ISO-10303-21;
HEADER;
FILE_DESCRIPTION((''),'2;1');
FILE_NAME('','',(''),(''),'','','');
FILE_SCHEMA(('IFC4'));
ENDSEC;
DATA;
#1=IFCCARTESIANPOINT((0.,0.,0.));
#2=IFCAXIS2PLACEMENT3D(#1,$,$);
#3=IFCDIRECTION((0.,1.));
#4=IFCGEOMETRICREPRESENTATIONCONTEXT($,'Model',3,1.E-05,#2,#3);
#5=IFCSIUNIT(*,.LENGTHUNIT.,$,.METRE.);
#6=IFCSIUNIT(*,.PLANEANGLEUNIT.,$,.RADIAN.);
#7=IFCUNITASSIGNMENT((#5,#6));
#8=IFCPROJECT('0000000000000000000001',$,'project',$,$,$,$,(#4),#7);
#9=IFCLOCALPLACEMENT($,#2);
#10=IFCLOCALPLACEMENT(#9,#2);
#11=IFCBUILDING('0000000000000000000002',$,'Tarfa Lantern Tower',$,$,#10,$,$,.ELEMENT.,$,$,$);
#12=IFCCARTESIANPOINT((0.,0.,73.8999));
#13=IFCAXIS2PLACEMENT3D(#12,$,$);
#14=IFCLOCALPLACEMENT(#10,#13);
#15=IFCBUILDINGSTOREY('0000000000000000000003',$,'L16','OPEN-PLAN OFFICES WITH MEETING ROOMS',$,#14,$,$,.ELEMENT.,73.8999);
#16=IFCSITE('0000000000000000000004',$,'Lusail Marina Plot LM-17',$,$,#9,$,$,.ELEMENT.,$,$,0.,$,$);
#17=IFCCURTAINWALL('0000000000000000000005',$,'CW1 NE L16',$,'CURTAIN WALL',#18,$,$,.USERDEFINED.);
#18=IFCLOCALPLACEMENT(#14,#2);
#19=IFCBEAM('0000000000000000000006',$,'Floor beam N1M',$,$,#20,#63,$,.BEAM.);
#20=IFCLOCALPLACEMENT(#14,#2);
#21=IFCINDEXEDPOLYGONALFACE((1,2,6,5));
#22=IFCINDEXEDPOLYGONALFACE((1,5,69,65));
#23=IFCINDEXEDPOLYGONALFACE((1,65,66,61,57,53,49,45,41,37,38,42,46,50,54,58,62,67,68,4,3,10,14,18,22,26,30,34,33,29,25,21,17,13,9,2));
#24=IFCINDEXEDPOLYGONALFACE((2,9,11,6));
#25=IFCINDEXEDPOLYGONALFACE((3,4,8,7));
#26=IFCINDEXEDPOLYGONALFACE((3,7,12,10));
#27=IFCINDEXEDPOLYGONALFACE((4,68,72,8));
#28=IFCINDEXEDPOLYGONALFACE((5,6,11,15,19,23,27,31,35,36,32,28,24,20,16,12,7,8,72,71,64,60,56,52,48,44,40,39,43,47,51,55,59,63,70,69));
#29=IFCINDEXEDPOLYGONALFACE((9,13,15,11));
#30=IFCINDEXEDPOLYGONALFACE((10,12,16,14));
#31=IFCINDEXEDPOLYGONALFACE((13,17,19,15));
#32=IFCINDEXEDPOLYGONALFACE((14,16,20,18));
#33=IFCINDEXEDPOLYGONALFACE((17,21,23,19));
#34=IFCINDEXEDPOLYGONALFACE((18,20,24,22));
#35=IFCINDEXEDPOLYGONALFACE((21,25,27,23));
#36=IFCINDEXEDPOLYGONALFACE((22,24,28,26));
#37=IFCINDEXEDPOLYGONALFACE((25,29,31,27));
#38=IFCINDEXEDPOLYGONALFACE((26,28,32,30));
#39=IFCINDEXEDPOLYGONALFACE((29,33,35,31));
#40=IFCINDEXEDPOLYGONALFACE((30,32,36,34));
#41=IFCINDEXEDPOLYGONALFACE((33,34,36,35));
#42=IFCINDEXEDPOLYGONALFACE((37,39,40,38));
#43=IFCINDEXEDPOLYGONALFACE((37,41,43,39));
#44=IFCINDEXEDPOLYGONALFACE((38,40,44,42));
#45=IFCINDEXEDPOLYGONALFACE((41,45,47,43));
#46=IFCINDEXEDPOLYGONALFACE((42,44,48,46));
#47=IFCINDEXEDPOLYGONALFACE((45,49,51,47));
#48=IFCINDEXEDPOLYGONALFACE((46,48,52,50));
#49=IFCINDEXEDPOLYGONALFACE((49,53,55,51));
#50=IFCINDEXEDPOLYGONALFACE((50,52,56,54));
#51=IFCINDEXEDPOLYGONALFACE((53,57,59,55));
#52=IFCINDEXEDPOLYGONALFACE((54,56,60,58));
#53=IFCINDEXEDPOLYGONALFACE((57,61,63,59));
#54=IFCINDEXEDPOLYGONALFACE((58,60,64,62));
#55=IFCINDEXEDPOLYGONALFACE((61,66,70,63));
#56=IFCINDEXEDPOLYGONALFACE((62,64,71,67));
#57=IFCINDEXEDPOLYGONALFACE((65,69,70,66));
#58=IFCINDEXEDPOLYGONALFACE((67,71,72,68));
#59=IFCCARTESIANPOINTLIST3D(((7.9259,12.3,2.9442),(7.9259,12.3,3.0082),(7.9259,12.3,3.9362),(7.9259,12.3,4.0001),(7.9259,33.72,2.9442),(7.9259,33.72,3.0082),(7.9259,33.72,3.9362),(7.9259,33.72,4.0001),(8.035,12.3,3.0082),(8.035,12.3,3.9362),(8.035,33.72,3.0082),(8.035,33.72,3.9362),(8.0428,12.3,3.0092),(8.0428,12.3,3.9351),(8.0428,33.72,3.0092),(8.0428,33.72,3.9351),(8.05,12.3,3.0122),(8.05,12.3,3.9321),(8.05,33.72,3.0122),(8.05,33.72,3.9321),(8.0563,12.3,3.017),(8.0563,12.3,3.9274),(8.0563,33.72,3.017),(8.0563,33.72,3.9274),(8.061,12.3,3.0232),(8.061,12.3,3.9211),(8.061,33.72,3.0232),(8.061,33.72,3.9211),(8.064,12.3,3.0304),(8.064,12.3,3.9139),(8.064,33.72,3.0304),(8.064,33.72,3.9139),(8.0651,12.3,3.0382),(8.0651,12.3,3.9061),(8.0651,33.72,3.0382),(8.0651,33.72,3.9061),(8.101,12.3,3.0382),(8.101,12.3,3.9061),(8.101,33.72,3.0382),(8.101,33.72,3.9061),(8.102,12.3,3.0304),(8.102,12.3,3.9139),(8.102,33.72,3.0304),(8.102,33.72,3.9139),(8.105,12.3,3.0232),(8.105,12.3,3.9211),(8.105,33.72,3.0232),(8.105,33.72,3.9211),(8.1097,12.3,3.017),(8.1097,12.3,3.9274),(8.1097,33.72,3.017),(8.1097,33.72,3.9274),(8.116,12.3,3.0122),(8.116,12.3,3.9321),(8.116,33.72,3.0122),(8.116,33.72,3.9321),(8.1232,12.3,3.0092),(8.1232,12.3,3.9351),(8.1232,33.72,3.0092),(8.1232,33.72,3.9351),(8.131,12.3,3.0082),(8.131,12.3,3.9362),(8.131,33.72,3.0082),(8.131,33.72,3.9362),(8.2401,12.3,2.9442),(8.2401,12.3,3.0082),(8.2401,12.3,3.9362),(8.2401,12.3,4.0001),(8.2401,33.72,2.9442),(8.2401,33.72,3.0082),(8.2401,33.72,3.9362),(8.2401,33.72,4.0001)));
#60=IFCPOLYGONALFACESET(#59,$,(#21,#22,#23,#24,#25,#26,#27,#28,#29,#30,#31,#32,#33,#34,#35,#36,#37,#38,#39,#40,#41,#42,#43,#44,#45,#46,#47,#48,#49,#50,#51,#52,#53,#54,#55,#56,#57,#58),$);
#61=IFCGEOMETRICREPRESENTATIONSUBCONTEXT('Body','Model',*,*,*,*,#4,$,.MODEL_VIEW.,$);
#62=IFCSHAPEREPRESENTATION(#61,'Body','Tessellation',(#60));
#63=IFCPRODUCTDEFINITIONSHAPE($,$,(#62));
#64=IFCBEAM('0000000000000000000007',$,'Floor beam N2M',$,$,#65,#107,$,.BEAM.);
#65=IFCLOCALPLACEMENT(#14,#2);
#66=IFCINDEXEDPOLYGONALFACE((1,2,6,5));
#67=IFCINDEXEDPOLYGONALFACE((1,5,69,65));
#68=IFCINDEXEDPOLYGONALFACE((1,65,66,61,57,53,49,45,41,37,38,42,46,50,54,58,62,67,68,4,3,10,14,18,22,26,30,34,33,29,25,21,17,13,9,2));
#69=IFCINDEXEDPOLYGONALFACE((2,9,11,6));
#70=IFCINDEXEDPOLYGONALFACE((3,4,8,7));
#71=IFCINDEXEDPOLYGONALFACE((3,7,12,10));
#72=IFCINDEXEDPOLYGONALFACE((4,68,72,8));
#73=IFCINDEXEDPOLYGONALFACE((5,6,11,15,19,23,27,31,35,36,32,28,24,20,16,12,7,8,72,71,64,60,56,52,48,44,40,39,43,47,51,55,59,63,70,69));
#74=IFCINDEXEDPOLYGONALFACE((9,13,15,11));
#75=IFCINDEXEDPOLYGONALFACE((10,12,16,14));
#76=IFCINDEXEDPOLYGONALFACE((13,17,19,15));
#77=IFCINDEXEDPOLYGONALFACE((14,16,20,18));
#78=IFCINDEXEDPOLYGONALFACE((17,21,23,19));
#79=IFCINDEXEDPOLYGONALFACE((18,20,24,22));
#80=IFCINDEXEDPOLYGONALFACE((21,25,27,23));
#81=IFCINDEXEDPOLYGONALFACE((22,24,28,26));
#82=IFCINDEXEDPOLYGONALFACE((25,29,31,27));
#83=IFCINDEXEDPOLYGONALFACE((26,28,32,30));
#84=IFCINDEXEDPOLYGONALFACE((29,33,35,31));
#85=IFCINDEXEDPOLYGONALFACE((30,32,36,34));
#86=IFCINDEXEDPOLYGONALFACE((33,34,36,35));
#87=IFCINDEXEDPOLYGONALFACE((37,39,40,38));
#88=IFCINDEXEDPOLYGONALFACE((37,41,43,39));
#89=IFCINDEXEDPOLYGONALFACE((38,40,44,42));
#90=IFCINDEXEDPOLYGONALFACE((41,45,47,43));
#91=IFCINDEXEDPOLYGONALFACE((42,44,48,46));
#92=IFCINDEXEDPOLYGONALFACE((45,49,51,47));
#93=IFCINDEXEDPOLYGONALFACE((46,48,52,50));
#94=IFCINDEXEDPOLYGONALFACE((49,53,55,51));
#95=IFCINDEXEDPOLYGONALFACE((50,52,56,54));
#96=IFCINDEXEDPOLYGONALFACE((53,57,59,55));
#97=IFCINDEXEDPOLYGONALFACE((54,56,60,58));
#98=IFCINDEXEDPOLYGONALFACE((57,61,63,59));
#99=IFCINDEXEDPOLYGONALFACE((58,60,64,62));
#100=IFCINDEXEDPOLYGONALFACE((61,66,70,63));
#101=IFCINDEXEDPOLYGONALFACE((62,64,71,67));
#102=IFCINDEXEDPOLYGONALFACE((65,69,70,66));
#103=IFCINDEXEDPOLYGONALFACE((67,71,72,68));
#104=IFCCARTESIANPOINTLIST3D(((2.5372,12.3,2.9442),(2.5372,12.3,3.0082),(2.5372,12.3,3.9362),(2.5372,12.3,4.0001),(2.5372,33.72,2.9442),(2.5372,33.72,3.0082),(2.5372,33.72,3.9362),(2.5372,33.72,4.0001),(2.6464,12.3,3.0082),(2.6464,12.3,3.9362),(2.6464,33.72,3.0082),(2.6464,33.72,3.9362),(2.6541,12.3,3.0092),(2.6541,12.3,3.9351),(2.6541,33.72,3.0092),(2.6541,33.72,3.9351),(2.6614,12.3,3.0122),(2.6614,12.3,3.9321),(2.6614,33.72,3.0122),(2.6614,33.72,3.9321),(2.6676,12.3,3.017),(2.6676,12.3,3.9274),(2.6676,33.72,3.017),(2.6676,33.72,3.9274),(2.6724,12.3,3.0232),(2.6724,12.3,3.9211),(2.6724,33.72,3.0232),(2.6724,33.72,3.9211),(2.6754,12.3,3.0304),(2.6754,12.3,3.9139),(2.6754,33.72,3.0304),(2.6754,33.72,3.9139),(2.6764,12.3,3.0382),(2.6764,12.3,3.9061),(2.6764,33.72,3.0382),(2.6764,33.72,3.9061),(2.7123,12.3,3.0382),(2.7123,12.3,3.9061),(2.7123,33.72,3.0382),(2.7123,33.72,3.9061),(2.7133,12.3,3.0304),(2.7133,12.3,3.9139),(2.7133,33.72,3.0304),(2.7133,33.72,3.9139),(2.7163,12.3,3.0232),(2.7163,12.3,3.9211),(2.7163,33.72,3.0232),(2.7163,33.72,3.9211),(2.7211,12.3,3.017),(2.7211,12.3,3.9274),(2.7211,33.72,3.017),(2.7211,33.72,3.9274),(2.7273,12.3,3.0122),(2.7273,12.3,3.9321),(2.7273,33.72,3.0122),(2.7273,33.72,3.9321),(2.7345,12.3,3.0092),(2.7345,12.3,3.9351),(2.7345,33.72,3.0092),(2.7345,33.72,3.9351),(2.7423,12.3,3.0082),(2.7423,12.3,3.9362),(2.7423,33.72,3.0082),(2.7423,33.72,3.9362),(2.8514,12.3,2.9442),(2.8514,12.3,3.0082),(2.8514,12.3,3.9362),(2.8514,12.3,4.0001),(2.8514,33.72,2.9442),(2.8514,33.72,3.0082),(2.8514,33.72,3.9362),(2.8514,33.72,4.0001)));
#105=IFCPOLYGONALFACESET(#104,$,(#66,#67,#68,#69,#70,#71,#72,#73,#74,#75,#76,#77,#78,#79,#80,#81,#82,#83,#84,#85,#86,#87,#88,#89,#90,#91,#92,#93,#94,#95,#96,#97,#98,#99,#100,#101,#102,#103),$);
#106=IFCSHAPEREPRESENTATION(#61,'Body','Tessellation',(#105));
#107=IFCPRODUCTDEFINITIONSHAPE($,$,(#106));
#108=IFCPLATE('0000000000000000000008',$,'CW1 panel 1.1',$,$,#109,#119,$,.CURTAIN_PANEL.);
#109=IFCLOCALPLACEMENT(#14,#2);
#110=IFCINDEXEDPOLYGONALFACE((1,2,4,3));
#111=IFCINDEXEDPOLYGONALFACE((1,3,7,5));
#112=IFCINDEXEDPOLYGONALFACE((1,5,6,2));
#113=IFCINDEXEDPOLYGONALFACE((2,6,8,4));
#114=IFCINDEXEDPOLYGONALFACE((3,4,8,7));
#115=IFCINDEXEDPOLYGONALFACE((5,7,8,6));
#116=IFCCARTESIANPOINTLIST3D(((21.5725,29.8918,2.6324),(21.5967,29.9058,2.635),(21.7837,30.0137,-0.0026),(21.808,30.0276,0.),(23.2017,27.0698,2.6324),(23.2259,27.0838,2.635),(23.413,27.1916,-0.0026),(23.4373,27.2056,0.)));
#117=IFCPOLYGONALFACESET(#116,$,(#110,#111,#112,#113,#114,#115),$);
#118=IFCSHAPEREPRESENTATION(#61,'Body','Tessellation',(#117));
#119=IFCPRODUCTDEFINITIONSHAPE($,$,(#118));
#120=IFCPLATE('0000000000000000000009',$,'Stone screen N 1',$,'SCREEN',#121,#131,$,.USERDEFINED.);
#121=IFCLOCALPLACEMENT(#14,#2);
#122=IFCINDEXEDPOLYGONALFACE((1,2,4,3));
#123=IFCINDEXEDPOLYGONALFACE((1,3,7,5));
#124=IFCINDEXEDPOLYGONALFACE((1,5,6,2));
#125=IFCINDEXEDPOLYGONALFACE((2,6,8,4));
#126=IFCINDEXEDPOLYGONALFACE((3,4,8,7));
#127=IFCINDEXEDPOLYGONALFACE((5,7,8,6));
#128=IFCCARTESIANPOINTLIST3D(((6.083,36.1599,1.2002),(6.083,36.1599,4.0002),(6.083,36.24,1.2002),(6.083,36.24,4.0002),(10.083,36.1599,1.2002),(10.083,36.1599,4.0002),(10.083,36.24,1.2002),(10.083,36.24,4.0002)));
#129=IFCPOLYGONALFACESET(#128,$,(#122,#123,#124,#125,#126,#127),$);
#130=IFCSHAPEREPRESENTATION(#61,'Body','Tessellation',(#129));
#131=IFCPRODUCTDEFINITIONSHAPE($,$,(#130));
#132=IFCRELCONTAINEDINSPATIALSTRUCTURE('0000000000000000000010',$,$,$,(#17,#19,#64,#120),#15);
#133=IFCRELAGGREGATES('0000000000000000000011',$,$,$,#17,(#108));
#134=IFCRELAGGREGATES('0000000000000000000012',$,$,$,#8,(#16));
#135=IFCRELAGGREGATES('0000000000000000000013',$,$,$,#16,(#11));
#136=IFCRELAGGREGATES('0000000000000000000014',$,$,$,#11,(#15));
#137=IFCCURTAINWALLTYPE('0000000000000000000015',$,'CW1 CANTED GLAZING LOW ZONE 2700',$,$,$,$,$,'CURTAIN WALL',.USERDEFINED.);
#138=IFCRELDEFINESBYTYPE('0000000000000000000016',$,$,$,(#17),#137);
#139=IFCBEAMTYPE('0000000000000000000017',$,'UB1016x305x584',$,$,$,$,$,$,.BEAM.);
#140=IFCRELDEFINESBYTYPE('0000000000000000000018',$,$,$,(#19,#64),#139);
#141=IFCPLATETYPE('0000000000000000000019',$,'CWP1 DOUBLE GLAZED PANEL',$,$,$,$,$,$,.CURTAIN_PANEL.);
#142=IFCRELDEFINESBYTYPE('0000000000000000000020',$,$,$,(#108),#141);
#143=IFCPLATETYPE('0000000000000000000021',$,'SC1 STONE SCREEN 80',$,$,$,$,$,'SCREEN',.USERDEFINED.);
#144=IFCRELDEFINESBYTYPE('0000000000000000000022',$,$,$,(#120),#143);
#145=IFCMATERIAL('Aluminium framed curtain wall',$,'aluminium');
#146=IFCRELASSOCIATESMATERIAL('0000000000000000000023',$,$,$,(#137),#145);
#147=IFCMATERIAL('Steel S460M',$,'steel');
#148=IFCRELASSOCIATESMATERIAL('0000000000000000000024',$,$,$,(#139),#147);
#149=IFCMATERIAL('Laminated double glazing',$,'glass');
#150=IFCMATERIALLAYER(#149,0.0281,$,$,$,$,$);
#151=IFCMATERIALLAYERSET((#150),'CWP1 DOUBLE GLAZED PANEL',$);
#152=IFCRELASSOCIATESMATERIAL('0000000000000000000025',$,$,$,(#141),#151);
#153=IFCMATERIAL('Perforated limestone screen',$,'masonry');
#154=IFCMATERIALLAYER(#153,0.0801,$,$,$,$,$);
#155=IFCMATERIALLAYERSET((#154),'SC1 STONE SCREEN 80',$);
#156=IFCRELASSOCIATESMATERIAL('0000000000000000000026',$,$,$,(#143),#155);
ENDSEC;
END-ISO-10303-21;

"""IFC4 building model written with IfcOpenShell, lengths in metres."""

from ifc_helpers import new_model, si_unit, direction, frame, origin, origin_2d, place, context, subcontext, project, spatial, polyline, rectangle, i_section, outline, extrude, material, layer, layer_set, material_profile, profile_set, type_object, element, aggregate, save


model = new_model("IFC4")

# Units and contexts
model_context = context("Model", 3, precision=1e-05, world=origin(), true_north=direction((0.0, 1.0)))
body_context = subcontext(model_context, "Body", "Model", "MODEL_VIEW")
ifc_project = project(units=[si_unit("LENGTHUNIT", "METRE"), si_unit("PLANEANGLEUNIT", "RADIAN")], contexts=[model_context])

# Site, building, storey
site_placement = place(None, origin())
site = spatial("IfcSite", under=ifc_project, at=site_placement, Name="Lusail Marina Plot LM-17", CompositionType="ELEMENT", RefElevation=0.0)
building_placement = place(site_placement, origin())
building = spatial("IfcBuilding", under=site, at=building_placement, Name="Tarfa Lantern Tower", CompositionType="ELEMENT")
storey_placement = place(building_placement, frame((0.0, 0.0, 73.8999)))
storey = spatial("IfcBuildingStorey", under=building, at=storey_placement, Name="L16", Description="OPEN-PLAN OFFICES WITH MEETING ROOMS", CompositionType="ELEMENT", Elevation=73.8999)

# Curtain wall
ifc_material_1 = material(Name="Aluminium framed curtain wall", Category="aluminium")
curtain_wall_type = type_object("IfcCurtainWallType", Name="CW1 CANTED GLAZING LOW ZONE 2700", ElementType="CURTAIN WALL", PredefinedType="USERDEFINED", material=ifc_material_1)
curtain_wall_placement = place(storey_placement, origin())
curtain_wall = element("IfcCurtainWall", 1, at=curtain_wall_placement, inside=storey, type_object=curtain_wall_type, Name="CW1 NE L16", ObjectType="CURTAIN WALL", PredefinedType="USERDEFINED")

# Beams
ifc_material_2 = material(Name="Steel S460M", Category="steel")
ifc_material_profile_1 = material_profile(ifc_material_2, i_section(OverallWidth=0.3142, OverallDepth=1.0559, WebThickness=0.0359, FlangeThickness=0.064, FilletRadius=0.03, at=origin_2d()), Name="UB1016x305x584")
ifc_profile_set_1 = profile_set([ifc_material_profile_1], Name="Steel S460M")
beam_type_1 = type_object("IfcBeamType", Name="UB1016x305x584", PredefinedType="BEAM", material=ifc_profile_set_1)
for number, where, z_axis, x_axis, name in (
    (2, (8.083, 33.72, 3.4722), (0.0, -1.0, 0.0), (1.0, 0.0, 0.0), "Floor beam N1M"),
    (3, (2.6943, 33.72, 3.4722), (0.0, -1.0, 0.0), (1.0, 0.0, 0.0), "Floor beam N2M"),
):
    element("IfcBeam", number, at=place(storey_placement, frame(where, z_axis=z_axis, x_axis=x_axis)), inside=storey, type_object=beam_type_1, Name=name, PredefinedType="BEAM", context=body_context, shape_type="SweptSolid", body=[
        extrude(i_section(OverallWidth=0.3142, OverallDepth=1.0559, WebThickness=0.0359, FlangeThickness=0.064, FilletRadius=0.03, at=origin_2d()), origin(), (0.0, 0.0, 1.0), 21.4199),
    ])

# Plates
ifc_material_3 = material(Name="Laminated double glazing", Category="glass")
ifc_layer_1 = layer(ifc_material_3, 0.0281)
ifc_layer_set_1 = layer_set([ifc_layer_1], Name="CWP1 DOUBLE GLAZED PANEL")
plate_type_1 = type_object("IfcPlateType", Name="CWP1 DOUBLE GLAZED PANEL", PredefinedType="CURTAIN_PANEL", material=ifc_layer_set_1)
plate_1_placement = place(storey_placement, frame((23.4373, 27.2056, 0.0), z_axis=(0.862342, 0.497867, 0.09217), x_axis=(-0.499995, 0.866028, 0.000003)))
plate_1 = element("IfcPlate", 4, at=plate_1_placement, type_object=plate_type_1, Name="CW1 panel 1.1", PredefinedType="CURTAIN_PANEL", context=body_context, shape_type="SweptSolid", body=[
    extrude(outline(polyline([(0.0, 0.0), (3.2586, 0.0), (3.2587, 2.6463), (0.0002, 2.6463), (0.0, 0.0)])), origin(), (0.0, 0.0, -1.0), 0.0281),
])
aggregate(curtain_wall, [plate_1])
ifc_material_4 = material(Name="Perforated limestone screen", Category="masonry")
ifc_layer_2 = layer(ifc_material_4, 0.0801)
ifc_layer_set_2 = layer_set([ifc_layer_2], Name="SC1 STONE SCREEN 80")
plate_type_2 = type_object("IfcPlateType", Name="SC1 STONE SCREEN 80", ElementType="SCREEN", PredefinedType="USERDEFINED", material=ifc_layer_set_2)
plate_2_placement = place(storey_placement, frame((8.083, 36.2, 1.2002), z_axis=(0.0, 0.0, 1.0), x_axis=(-1.0, 0.0, 0.0)))
element("IfcPlate", 5, at=plate_2_placement, inside=storey, type_object=plate_type_2, Name="Stone screen N 1", ObjectType="SCREEN", PredefinedType="USERDEFINED", context=body_context, shape_type="SweptSolid", body=[
    extrude(rectangle(XDim=4.0, YDim=0.0801, at=origin_2d()), origin(), (0.0, 0.0, 1.0), 2.8),
])

save(model, "model.ifc")
